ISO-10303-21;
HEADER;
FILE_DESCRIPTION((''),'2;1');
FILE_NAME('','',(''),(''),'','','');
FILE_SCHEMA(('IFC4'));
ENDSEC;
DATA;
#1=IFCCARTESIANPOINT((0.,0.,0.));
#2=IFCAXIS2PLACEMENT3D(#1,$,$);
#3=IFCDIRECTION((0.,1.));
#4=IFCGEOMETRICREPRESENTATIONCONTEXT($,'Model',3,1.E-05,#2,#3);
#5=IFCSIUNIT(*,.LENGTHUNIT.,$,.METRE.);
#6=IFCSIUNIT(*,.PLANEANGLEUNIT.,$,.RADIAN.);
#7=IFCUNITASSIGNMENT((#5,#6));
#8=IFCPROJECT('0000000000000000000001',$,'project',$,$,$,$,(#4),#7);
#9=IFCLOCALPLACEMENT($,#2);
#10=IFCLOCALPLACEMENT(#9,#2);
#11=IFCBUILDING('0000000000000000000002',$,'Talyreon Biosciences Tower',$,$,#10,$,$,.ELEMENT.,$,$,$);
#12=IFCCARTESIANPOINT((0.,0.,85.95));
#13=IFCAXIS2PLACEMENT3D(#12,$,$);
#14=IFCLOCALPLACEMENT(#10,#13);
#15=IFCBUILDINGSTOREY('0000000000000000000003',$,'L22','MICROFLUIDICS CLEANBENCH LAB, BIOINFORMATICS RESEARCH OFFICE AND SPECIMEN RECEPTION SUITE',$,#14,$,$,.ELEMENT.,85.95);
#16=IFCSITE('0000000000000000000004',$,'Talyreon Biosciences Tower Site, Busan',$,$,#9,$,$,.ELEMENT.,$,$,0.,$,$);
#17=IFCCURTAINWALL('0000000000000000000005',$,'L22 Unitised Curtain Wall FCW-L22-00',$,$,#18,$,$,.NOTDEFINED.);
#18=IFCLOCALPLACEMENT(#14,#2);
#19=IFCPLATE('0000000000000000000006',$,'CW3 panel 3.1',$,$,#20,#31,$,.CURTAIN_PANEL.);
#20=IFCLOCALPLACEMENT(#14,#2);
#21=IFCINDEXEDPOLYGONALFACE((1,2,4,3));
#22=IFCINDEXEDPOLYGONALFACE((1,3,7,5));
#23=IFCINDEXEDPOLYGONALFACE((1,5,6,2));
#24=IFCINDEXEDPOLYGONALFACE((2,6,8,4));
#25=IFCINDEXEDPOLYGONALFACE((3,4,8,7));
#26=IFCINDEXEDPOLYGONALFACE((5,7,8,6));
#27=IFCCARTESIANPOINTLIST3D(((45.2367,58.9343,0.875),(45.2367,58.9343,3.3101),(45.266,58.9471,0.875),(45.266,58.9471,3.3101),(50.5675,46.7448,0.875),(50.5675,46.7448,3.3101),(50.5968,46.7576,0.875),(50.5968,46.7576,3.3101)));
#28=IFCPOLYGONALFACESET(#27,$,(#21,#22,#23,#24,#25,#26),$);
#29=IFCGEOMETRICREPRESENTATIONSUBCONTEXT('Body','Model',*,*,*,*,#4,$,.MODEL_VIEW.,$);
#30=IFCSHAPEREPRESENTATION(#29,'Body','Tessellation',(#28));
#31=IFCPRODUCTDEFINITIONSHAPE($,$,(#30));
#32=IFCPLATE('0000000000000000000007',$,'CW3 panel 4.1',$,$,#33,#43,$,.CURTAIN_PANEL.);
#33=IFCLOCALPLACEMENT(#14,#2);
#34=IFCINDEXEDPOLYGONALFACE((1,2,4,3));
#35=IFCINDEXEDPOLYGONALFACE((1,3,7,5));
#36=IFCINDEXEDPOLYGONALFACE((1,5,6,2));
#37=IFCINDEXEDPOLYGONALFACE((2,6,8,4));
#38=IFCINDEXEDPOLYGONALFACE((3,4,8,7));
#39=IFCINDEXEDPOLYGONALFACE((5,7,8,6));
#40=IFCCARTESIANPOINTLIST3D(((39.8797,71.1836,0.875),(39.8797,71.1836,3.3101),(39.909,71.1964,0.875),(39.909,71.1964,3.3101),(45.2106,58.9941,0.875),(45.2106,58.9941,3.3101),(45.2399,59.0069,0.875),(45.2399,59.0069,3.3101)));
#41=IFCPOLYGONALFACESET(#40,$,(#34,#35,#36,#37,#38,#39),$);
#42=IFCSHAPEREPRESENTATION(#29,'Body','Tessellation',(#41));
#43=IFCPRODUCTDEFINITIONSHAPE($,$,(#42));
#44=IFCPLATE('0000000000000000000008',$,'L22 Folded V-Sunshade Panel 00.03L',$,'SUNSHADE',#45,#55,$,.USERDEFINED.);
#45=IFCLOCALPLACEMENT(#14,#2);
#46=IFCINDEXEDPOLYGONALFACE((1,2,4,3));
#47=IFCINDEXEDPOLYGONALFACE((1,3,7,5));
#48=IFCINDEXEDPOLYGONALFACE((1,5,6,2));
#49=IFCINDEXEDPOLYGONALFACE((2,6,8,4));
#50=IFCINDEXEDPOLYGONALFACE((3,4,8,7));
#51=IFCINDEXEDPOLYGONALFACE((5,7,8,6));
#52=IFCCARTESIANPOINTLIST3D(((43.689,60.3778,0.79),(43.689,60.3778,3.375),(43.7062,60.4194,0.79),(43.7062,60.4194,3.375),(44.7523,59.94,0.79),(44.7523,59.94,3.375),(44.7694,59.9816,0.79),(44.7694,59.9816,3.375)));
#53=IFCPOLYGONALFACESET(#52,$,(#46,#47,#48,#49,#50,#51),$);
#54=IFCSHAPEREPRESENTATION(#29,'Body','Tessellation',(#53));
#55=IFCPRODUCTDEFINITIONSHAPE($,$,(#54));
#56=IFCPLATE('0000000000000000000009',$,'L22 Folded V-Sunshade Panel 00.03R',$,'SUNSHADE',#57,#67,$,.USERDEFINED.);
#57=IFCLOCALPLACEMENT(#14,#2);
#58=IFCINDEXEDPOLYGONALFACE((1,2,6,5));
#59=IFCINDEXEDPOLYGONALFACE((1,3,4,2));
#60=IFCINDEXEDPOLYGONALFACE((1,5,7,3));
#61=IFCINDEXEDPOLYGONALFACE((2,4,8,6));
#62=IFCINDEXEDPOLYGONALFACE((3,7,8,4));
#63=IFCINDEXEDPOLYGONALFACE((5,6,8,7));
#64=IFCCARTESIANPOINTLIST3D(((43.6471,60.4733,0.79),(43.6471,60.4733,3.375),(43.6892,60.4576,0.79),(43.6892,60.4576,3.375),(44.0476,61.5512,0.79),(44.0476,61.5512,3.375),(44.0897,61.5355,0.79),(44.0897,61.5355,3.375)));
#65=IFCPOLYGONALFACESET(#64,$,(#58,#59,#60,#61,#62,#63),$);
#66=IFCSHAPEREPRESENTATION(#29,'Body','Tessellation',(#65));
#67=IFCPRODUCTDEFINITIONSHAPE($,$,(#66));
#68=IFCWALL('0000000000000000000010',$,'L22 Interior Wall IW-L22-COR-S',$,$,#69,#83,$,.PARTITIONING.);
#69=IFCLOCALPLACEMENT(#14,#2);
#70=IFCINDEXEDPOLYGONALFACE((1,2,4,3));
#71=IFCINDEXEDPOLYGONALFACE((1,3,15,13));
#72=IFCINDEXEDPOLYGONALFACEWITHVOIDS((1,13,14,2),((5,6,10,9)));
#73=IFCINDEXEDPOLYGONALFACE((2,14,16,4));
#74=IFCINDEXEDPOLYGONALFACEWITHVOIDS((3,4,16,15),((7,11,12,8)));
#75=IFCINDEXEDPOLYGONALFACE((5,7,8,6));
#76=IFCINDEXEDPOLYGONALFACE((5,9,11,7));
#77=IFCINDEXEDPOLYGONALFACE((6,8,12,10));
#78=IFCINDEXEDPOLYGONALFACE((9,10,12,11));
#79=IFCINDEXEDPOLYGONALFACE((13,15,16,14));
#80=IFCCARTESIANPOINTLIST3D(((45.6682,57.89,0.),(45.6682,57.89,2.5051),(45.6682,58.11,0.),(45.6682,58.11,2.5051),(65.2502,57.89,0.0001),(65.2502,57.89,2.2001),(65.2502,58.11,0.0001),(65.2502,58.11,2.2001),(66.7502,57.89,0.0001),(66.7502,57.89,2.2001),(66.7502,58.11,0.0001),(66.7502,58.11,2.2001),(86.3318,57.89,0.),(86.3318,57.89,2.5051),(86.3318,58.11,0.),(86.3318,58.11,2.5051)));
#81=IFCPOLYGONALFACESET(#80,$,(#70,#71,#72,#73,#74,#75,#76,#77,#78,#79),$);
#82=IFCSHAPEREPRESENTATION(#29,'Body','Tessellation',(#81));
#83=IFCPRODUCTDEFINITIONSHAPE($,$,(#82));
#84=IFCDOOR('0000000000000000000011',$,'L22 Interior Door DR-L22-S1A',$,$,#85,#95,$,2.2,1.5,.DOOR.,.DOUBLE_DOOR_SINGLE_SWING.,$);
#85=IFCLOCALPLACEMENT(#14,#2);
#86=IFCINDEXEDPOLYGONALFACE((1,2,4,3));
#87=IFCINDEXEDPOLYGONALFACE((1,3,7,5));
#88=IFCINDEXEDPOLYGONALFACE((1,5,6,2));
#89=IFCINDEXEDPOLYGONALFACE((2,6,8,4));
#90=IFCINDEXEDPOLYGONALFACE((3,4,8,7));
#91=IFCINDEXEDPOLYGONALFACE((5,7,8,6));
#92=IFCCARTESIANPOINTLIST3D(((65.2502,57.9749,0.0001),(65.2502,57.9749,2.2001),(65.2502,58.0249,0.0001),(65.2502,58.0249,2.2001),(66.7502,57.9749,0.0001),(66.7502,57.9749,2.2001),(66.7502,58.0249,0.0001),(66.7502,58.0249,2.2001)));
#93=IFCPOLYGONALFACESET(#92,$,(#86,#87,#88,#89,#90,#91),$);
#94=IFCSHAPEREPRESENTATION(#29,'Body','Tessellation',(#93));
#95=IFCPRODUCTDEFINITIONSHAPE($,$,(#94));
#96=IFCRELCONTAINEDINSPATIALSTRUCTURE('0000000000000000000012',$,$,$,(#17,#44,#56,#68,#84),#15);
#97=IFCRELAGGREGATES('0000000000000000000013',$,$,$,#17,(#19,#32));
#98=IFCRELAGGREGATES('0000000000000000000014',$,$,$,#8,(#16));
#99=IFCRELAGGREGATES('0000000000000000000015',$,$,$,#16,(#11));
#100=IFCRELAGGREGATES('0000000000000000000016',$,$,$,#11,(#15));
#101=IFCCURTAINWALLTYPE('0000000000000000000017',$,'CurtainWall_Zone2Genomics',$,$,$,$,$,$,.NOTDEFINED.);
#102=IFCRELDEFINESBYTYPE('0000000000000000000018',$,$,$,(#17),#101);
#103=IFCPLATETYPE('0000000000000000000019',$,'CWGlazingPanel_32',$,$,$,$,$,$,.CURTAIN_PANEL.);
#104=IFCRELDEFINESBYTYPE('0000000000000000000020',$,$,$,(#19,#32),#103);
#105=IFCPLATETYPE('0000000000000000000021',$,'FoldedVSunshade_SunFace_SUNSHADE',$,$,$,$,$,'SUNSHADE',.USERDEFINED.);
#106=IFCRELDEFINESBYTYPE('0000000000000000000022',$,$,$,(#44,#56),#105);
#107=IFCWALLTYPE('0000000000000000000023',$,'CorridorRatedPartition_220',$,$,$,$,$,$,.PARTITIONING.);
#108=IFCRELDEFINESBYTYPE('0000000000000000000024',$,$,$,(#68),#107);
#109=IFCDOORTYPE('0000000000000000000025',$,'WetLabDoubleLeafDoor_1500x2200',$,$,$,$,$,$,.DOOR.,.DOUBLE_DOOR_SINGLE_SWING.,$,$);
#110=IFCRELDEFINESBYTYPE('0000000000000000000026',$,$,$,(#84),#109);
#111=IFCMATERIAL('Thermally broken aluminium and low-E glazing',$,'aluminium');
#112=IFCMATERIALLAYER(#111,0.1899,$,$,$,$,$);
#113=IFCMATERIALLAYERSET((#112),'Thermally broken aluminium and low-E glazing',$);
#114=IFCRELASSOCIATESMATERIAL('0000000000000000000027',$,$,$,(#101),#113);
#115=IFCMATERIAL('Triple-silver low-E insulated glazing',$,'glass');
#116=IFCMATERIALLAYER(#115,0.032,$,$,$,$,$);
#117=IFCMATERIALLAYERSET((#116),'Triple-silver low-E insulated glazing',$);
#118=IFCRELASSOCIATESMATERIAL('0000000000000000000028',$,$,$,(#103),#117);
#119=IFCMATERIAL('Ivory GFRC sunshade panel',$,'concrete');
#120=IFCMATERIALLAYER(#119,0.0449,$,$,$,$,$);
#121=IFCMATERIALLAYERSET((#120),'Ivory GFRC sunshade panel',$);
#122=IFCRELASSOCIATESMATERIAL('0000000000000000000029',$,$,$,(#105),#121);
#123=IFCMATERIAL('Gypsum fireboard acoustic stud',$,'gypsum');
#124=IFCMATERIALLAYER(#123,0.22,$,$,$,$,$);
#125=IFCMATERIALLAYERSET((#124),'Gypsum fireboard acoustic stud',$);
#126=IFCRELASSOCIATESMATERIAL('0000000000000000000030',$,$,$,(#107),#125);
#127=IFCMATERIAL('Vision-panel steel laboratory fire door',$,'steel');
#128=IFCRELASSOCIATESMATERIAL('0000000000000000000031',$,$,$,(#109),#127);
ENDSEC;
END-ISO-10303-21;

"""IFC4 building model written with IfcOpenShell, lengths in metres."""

from ifc_helpers import new_model, si_unit, direction, frame, frame_2d, origin, origin_2d, place, context, subcontext, project, spatial, rectangle, extrude, material, layer, layer_set, type_object, element, fill, aggregate, save


model = new_model("IFC4")

# Units and contexts
model_context = context("Model", 3, precision=1e-05, world=origin(), true_north=direction((0.0, 1.0)))
body_context = subcontext(model_context, "Body", "Model", "MODEL_VIEW")
ifc_project = project(units=[si_unit("LENGTHUNIT", "METRE"), si_unit("PLANEANGLEUNIT", "RADIAN")], contexts=[model_context])

# Site, building, storey
site_placement = place(None, origin())
site = spatial("IfcSite", under=ifc_project, at=site_placement, Name="Talyreon Biosciences Tower Site, Busan", CompositionType="ELEMENT", RefElevation=0.0)
building_placement = place(site_placement, origin())
building = spatial("IfcBuilding", under=site, at=building_placement, Name="Talyreon Biosciences Tower", CompositionType="ELEMENT")
storey_placement = place(building_placement, frame((0.0, 0.0, 85.95)))
storey = spatial("IfcBuildingStorey", under=building, at=storey_placement, Name="L22", Description="MICROFLUIDICS CLEANBENCH LAB, BIOINFORMATICS RESEARCH OFFICE AND SPECIMEN RECEPTION SUITE", CompositionType="ELEMENT", Elevation=85.95)

# Curtain wall
ifc_material_1 = material(Name="Thermally broken aluminium and low-E glazing", Category="aluminium")
ifc_layer_1 = layer(ifc_material_1, 0.1899)
ifc_layer_set_1 = layer_set([ifc_layer_1], Name="Thermally broken aluminium and low-E glazing")
curtain_wall_type = type_object("IfcCurtainWallType", Name="CurtainWall_Zone2Genomics", PredefinedType="NOTDEFINED", material=ifc_layer_set_1)
curtain_wall_placement = place(storey_placement, origin())
curtain_wall = element("IfcCurtainWall", 1, at=curtain_wall_placement, inside=storey, type_object=curtain_wall_type, Name="L22 Unitised Curtain Wall FCW-L22-00", PredefinedType="NOTDEFINED")

# Plates
ifc_material_2 = material(Name="Triple-silver low-E insulated glazing", Category="glass")
ifc_layer_2 = layer(ifc_material_2, 0.032)
ifc_layer_set_2 = layer_set([ifc_layer_2], Name="Triple-silver low-E insulated glazing")
plate_type_1 = type_object("IfcPlateType", Name="CWGlazingPanel_32", PredefinedType="CURTAIN_PANEL", material=ifc_layer_set_2)
plate_1_placement = place(storey_placement, frame((47.9167, 52.8459, 0.875), z_axis=(0.0, 0.0, 1.0), x_axis=(-0.400689, 0.916214, 0.0)))
plate_1 = element("IfcPlate", 2, at=plate_1_placement, type_object=plate_type_1, Name="CW3 panel 3.1", PredefinedType="CURTAIN_PANEL", context=body_context, shape_type="SweptSolid", body=[
    extrude(rectangle(XDim=13.3042, YDim=0.032, at=origin_2d()), origin(), (0.0, 0.0, 1.0), 2.4351),
])
plate_2_placement = place(storey_placement, frame((42.5598, 65.0952, 0.875), z_axis=(0.0, 0.0, 1.0), x_axis=(-0.400689, 0.916214, 0.0)))
plate_2 = element("IfcPlate", 3, at=plate_2_placement, type_object=plate_type_1, Name="CW3 panel 4.1", PredefinedType="CURTAIN_PANEL", context=body_context, shape_type="SweptSolid", body=[
    extrude(rectangle(XDim=13.3042, YDim=0.032, at=origin_2d()), origin(), (0.0, 0.0, 1.0), 2.4351),
])
aggregate(curtain_wall, [plate_1, plate_2])

# Plates
ifc_material_3 = material(Name="Ivory GFRC sunshade panel", Category="concrete")
ifc_layer_3 = layer(ifc_material_3, 0.0449)
ifc_layer_set_3 = layer_set([ifc_layer_3], Name="Ivory GFRC sunshade panel")
plate_type_2 = type_object("IfcPlateType", Name="FoldedVSunshade_SunFace_SUNSHADE", ElementType="SUNSHADE", PredefinedType="USERDEFINED", material=ifc_layer_set_3)
for number, where, z_axis, x_axis, name in (
    (4, (44.2292, 60.1797, 0.79), (0.0, 0.0, 1.0), (-0.924686, 0.380731, 0.0), "L22 Folded V-Sunshade Panel 00.03L"),
    (5, (43.8684, 61.0044, 0.79), (0.0, 0.0, 1.0), (0.348228, 0.93741, 0.0), "L22 Folded V-Sunshade Panel 00.03R"),
):
    element("IfcPlate", number, at=place(storey_placement, frame(where, z_axis=z_axis, x_axis=x_axis)), inside=storey, type_object=plate_type_2, Name=name, ObjectType="SUNSHADE", PredefinedType="USERDEFINED", context=body_context, shape_type="SweptSolid", body=[
        extrude(rectangle(XDim=1.1499, YDim=0.0449, at=origin_2d()), origin(), (0.0, 0.0, 1.0), 2.585),
    ])

# Wall, opening, door
ifc_material_4 = material(Name="Gypsum fireboard acoustic stud", Category="gypsum")
ifc_layer_4 = layer(ifc_material_4, 0.22)
ifc_layer_set_4 = layer_set([ifc_layer_4], Name="Gypsum fireboard acoustic stud")
wall_type = type_object("IfcWallType", Name="CorridorRatedPartition_220", PredefinedType="PARTITIONING", material=ifc_layer_set_4)
wall_placement = place(storey_placement, frame((45.6682, 58.0, 0.0), z_axis=(0.0, 0.0, 1.0), x_axis=(1.0, 0.0, 0.0)))
wall = element("IfcWall", 6, at=wall_placement, inside=storey, type_object=wall_type, Name="L22 Interior Wall IW-L22-COR-S", PredefinedType="PARTITIONING", context=body_context, shape_type="SweptSolid", body=[
    extrude(rectangle(XDim=40.6636, YDim=0.22, at=frame_2d((20.3318, 0.0))), origin(), (0.0, 0.0, 1.0), 2.5051),
])
opening_placement = place(wall_placement, frame((19.582, 0.0, 0.0)))
opening = element("IfcOpeningElement", 7, at=opening_placement, cuts=wall, PredefinedType="OPENING", context=body_context, shape_type="SweptSolid", body=[
    extrude(rectangle(XDim=1.5, YDim=2.2, at=frame_2d((0.75, 1.1001))), frame((0.0, 0.1199, 0.0), z_axis=(0.0, -1.0, 0.0), x_axis=(1.0, 0.0, 0.0)), (0.0, 0.0, 1.0), 0.24),
])
ifc_material_5 = material(Name="Vision-panel steel laboratory fire door", Category="steel")
door_type = type_object("IfcDoorType", Name="WetLabDoubleLeafDoor_1500x2200", OperationType="DOUBLE_DOOR_SINGLE_SWING", PredefinedType="DOOR", material=ifc_material_5)
door_placement = place(opening_placement, origin())
door = element("IfcDoor", 8, at=door_placement, inside=storey, type_object=door_type, Name="L22 Interior Door DR-L22-S1A", OperationType="DOUBLE_DOOR_SINGLE_SWING", OverallHeight=2.2, OverallWidth=1.5, PredefinedType="DOOR", context=body_context, shape_type="SweptSolid", body=[
    extrude(rectangle(XDim=1.5, YDim=2.2, at=frame_2d((0.75, 1.1001))), frame((0.0, 0.0249, 0.0), z_axis=(0.0, -1.0, 0.0), x_axis=(1.0, 0.0, 0.0)), (0.0, 0.0, 1.0), 0.05),
])
fill(opening, door)

save(model, "model.ifc")
